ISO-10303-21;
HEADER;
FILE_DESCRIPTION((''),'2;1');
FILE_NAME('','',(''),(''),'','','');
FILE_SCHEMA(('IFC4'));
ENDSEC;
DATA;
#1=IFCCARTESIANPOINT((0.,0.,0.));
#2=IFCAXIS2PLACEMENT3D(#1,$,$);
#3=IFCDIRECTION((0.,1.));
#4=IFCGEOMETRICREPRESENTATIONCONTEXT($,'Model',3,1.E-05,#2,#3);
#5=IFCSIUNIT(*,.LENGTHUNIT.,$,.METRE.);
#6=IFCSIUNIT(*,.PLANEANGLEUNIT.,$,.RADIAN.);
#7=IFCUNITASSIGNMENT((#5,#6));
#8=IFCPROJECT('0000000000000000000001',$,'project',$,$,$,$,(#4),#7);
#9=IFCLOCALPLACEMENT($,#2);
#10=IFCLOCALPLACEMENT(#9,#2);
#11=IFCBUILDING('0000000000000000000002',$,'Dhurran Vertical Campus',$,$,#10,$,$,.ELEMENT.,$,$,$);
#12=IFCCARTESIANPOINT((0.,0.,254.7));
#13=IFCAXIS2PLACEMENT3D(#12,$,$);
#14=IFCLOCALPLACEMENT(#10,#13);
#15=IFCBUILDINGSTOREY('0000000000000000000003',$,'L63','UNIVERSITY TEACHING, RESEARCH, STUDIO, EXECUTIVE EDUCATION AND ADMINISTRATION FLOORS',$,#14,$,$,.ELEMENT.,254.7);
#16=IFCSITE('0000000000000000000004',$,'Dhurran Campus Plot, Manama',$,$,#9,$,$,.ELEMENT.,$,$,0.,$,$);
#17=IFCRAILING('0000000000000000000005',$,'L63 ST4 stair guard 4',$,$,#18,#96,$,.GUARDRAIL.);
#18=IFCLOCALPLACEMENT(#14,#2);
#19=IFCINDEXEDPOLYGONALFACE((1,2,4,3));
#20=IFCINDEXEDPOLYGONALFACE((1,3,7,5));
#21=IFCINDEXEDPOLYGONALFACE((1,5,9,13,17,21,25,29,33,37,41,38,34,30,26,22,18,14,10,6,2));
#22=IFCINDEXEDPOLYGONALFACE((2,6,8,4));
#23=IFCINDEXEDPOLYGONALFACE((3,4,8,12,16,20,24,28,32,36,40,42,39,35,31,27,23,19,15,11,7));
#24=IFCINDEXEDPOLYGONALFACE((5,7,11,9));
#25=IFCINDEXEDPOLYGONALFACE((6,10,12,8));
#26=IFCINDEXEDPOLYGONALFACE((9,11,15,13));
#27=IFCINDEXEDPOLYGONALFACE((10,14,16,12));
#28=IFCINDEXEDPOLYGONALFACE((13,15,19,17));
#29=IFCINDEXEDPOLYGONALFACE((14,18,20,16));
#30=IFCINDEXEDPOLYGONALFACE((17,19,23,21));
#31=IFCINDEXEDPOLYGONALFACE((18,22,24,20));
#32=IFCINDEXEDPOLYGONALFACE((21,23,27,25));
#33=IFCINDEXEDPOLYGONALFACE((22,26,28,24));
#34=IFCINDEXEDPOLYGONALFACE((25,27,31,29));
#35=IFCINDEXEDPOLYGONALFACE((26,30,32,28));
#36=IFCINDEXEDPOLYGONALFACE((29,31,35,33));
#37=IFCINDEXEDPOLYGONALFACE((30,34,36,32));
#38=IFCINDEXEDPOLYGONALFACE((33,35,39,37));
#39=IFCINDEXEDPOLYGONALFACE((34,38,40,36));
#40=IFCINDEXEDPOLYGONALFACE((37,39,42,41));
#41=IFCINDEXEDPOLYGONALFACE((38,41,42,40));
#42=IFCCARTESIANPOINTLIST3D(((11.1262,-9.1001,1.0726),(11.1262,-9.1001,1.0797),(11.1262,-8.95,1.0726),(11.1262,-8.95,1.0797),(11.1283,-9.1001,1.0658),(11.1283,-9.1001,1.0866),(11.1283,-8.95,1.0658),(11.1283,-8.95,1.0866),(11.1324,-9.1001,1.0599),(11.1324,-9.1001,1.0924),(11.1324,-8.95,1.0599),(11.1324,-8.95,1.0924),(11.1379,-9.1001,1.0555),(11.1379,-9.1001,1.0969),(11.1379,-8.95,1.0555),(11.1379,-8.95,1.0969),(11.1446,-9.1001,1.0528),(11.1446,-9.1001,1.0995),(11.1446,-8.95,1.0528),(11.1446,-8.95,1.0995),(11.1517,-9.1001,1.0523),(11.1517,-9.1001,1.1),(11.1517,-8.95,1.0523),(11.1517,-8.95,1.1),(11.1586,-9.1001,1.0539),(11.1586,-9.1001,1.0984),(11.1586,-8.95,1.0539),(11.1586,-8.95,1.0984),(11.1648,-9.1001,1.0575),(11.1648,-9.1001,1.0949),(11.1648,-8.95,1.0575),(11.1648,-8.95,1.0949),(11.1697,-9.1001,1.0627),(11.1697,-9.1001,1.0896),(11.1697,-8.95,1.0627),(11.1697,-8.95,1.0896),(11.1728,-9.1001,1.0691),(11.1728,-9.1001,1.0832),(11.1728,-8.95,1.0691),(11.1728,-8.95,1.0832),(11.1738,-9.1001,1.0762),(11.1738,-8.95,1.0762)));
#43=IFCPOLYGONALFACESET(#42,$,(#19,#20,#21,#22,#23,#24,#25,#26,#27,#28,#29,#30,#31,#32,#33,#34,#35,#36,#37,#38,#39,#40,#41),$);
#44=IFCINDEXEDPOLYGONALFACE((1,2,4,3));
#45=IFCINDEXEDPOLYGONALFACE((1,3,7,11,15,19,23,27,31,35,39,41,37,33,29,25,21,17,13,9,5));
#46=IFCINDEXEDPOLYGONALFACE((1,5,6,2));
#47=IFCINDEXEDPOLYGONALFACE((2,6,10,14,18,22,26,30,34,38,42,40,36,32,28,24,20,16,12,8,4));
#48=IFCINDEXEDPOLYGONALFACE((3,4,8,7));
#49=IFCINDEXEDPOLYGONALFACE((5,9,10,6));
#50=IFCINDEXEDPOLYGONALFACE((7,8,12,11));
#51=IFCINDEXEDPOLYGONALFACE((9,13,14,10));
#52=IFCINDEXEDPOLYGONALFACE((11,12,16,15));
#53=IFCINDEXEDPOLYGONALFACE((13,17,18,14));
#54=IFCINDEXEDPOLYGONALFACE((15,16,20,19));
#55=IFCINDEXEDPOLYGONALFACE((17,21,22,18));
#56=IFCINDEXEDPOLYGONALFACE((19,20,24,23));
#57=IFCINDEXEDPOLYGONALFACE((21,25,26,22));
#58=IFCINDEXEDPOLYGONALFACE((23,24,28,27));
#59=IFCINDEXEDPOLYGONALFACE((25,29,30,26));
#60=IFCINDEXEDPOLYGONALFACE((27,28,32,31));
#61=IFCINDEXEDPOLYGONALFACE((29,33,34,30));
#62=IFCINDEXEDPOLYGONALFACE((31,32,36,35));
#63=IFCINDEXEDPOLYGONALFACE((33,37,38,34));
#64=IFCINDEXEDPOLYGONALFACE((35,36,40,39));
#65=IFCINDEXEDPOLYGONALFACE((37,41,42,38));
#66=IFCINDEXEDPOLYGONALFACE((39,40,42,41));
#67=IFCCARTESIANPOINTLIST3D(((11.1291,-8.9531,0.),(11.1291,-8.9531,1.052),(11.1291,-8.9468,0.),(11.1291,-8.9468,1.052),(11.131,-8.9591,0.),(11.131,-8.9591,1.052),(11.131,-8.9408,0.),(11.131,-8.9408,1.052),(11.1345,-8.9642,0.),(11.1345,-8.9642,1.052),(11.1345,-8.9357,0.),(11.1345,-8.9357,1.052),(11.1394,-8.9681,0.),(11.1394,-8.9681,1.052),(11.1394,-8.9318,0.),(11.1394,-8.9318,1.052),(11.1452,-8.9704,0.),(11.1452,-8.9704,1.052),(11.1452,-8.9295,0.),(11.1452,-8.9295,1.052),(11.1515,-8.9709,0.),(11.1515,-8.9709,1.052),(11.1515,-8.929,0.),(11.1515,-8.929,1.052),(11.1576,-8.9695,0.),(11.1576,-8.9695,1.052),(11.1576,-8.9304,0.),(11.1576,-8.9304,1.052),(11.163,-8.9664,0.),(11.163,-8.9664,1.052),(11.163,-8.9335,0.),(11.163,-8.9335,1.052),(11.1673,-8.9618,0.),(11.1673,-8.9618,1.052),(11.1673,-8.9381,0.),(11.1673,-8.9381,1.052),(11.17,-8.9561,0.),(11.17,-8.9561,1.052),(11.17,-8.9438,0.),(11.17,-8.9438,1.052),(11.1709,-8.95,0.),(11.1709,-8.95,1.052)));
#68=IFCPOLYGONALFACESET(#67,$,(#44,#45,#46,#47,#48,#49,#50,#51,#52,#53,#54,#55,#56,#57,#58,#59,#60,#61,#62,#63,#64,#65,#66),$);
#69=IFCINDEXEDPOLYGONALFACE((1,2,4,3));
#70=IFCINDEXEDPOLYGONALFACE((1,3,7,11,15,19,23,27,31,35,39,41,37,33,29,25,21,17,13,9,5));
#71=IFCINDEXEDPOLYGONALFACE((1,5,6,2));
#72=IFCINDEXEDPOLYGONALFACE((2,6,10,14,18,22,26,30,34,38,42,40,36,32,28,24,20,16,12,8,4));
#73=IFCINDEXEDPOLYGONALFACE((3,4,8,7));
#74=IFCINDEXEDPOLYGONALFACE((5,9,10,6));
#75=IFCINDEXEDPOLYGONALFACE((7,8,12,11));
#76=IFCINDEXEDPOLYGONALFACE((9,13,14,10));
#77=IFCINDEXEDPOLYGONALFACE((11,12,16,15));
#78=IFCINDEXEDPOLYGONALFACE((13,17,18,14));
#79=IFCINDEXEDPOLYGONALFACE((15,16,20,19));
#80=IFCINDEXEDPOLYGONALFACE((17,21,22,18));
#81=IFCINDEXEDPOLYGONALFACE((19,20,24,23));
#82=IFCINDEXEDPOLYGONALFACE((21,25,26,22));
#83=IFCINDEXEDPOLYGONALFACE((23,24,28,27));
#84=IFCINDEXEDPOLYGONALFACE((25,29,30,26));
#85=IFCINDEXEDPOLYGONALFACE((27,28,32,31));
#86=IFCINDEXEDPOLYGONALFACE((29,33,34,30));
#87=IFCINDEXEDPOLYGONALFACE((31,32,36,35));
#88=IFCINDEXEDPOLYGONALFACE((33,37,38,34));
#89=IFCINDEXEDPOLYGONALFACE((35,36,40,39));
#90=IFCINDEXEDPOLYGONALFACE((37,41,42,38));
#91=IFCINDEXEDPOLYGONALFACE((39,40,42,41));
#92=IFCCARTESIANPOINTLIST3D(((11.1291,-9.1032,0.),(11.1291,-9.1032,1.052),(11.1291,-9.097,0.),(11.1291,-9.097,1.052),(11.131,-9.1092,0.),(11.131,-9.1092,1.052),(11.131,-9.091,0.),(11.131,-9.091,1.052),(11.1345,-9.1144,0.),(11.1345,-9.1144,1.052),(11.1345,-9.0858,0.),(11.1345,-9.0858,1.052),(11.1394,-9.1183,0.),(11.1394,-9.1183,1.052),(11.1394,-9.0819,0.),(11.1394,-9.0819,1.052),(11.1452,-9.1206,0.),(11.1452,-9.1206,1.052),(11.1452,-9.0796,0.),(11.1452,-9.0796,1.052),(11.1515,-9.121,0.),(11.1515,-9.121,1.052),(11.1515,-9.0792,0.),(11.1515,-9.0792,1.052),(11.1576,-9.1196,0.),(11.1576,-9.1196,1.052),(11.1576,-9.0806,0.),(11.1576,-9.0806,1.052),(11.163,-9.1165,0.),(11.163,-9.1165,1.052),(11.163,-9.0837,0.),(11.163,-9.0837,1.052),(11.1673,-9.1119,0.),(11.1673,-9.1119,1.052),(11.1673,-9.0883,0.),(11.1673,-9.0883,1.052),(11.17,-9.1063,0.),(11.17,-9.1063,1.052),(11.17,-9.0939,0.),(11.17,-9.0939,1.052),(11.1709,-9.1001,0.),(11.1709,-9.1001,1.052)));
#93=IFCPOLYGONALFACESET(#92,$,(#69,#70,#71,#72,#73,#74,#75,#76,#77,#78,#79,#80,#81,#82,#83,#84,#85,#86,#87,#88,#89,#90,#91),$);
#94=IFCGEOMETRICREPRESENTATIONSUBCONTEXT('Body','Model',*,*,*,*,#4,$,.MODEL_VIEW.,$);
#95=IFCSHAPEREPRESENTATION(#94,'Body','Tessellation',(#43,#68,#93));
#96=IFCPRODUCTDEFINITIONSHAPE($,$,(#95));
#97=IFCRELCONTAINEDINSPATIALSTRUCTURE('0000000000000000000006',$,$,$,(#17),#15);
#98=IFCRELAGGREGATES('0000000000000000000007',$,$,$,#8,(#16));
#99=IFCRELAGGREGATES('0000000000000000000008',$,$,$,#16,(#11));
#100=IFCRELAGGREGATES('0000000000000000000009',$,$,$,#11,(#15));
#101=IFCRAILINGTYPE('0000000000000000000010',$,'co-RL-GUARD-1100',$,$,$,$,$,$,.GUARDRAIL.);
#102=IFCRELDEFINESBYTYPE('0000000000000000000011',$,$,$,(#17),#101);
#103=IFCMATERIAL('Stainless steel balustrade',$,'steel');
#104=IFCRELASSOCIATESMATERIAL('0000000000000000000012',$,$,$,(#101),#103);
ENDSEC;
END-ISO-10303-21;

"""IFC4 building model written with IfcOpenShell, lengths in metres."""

from ifc_helpers import new_model, si_unit, direction, frame, origin, origin_2d, place, context, subcontext, project, spatial, circle, extrude, material, type_object, element, save


model = new_model("IFC4")

# Units and contexts
model_context = context("Model", 3, precision=1e-05, world=origin(), true_north=direction((0.0, 1.0)))
body_context = subcontext(model_context, "Body", "Model", "MODEL_VIEW")
ifc_project = project(units=[si_unit("LENGTHUNIT", "METRE"), si_unit("PLANEANGLEUNIT", "RADIAN")], contexts=[model_context])

# Site, building, storey
site_placement = place(None, origin())
site = spatial("IfcSite", under=ifc_project, at=site_placement, Name="Dhurran Campus Plot, Manama", CompositionType="ELEMENT", RefElevation=0.0)
building_placement = place(site_placement, origin())
building = spatial("IfcBuilding", under=site, at=building_placement, Name="Dhurran Vertical Campus", CompositionType="ELEMENT")
storey_placement = place(building_placement, frame((0.0, 0.0, 254.7)))
storey = spatial("IfcBuildingStorey", under=building, at=storey_placement, Name="L63", Description="UNIVERSITY TEACHING, RESEARCH, STUDIO, EXECUTIVE EDUCATION AND ADMINISTRATION FLOORS", CompositionType="ELEMENT", Elevation=254.7)

# Railing
ifc_material_1 = material(Name="Stainless steel balustrade", Category="steel")
railing_type_1 = type_object("IfcRailingType", Name="co-RL-GUARD-1100", PredefinedType="GUARDRAIL", material=ifc_material_1)
railing_1_placement = place(storey_placement, frame((11.1499, -8.95, 0.0)))
element("IfcRailing", 1, at=railing_1_placement, inside=storey, type_object=railing_type_1, Name="L63 ST4 stair guard 4", PredefinedType="GUARDRAIL", context=body_context, shape_type="SweptSolid", body=[
    extrude(circle(Radius=0.0239, at=origin_2d()), frame((0.0, 0.0, 1.0762), z_axis=(0.0, -1.0, 0.0), x_axis=(1.0, 0.0, 0.0)), (0.0, 0.0, 1.0), 0.1501),
    extrude(circle(Radius=0.021, at=origin_2d()), origin(), (0.0, 0.0, 1.0), 1.052),
    extrude(circle(Radius=0.021, at=origin_2d()), frame((0.0, -0.1501, 0.0)), (0.0, 0.0, 1.0), 1.052),
])

save(model, "model.ifc")
